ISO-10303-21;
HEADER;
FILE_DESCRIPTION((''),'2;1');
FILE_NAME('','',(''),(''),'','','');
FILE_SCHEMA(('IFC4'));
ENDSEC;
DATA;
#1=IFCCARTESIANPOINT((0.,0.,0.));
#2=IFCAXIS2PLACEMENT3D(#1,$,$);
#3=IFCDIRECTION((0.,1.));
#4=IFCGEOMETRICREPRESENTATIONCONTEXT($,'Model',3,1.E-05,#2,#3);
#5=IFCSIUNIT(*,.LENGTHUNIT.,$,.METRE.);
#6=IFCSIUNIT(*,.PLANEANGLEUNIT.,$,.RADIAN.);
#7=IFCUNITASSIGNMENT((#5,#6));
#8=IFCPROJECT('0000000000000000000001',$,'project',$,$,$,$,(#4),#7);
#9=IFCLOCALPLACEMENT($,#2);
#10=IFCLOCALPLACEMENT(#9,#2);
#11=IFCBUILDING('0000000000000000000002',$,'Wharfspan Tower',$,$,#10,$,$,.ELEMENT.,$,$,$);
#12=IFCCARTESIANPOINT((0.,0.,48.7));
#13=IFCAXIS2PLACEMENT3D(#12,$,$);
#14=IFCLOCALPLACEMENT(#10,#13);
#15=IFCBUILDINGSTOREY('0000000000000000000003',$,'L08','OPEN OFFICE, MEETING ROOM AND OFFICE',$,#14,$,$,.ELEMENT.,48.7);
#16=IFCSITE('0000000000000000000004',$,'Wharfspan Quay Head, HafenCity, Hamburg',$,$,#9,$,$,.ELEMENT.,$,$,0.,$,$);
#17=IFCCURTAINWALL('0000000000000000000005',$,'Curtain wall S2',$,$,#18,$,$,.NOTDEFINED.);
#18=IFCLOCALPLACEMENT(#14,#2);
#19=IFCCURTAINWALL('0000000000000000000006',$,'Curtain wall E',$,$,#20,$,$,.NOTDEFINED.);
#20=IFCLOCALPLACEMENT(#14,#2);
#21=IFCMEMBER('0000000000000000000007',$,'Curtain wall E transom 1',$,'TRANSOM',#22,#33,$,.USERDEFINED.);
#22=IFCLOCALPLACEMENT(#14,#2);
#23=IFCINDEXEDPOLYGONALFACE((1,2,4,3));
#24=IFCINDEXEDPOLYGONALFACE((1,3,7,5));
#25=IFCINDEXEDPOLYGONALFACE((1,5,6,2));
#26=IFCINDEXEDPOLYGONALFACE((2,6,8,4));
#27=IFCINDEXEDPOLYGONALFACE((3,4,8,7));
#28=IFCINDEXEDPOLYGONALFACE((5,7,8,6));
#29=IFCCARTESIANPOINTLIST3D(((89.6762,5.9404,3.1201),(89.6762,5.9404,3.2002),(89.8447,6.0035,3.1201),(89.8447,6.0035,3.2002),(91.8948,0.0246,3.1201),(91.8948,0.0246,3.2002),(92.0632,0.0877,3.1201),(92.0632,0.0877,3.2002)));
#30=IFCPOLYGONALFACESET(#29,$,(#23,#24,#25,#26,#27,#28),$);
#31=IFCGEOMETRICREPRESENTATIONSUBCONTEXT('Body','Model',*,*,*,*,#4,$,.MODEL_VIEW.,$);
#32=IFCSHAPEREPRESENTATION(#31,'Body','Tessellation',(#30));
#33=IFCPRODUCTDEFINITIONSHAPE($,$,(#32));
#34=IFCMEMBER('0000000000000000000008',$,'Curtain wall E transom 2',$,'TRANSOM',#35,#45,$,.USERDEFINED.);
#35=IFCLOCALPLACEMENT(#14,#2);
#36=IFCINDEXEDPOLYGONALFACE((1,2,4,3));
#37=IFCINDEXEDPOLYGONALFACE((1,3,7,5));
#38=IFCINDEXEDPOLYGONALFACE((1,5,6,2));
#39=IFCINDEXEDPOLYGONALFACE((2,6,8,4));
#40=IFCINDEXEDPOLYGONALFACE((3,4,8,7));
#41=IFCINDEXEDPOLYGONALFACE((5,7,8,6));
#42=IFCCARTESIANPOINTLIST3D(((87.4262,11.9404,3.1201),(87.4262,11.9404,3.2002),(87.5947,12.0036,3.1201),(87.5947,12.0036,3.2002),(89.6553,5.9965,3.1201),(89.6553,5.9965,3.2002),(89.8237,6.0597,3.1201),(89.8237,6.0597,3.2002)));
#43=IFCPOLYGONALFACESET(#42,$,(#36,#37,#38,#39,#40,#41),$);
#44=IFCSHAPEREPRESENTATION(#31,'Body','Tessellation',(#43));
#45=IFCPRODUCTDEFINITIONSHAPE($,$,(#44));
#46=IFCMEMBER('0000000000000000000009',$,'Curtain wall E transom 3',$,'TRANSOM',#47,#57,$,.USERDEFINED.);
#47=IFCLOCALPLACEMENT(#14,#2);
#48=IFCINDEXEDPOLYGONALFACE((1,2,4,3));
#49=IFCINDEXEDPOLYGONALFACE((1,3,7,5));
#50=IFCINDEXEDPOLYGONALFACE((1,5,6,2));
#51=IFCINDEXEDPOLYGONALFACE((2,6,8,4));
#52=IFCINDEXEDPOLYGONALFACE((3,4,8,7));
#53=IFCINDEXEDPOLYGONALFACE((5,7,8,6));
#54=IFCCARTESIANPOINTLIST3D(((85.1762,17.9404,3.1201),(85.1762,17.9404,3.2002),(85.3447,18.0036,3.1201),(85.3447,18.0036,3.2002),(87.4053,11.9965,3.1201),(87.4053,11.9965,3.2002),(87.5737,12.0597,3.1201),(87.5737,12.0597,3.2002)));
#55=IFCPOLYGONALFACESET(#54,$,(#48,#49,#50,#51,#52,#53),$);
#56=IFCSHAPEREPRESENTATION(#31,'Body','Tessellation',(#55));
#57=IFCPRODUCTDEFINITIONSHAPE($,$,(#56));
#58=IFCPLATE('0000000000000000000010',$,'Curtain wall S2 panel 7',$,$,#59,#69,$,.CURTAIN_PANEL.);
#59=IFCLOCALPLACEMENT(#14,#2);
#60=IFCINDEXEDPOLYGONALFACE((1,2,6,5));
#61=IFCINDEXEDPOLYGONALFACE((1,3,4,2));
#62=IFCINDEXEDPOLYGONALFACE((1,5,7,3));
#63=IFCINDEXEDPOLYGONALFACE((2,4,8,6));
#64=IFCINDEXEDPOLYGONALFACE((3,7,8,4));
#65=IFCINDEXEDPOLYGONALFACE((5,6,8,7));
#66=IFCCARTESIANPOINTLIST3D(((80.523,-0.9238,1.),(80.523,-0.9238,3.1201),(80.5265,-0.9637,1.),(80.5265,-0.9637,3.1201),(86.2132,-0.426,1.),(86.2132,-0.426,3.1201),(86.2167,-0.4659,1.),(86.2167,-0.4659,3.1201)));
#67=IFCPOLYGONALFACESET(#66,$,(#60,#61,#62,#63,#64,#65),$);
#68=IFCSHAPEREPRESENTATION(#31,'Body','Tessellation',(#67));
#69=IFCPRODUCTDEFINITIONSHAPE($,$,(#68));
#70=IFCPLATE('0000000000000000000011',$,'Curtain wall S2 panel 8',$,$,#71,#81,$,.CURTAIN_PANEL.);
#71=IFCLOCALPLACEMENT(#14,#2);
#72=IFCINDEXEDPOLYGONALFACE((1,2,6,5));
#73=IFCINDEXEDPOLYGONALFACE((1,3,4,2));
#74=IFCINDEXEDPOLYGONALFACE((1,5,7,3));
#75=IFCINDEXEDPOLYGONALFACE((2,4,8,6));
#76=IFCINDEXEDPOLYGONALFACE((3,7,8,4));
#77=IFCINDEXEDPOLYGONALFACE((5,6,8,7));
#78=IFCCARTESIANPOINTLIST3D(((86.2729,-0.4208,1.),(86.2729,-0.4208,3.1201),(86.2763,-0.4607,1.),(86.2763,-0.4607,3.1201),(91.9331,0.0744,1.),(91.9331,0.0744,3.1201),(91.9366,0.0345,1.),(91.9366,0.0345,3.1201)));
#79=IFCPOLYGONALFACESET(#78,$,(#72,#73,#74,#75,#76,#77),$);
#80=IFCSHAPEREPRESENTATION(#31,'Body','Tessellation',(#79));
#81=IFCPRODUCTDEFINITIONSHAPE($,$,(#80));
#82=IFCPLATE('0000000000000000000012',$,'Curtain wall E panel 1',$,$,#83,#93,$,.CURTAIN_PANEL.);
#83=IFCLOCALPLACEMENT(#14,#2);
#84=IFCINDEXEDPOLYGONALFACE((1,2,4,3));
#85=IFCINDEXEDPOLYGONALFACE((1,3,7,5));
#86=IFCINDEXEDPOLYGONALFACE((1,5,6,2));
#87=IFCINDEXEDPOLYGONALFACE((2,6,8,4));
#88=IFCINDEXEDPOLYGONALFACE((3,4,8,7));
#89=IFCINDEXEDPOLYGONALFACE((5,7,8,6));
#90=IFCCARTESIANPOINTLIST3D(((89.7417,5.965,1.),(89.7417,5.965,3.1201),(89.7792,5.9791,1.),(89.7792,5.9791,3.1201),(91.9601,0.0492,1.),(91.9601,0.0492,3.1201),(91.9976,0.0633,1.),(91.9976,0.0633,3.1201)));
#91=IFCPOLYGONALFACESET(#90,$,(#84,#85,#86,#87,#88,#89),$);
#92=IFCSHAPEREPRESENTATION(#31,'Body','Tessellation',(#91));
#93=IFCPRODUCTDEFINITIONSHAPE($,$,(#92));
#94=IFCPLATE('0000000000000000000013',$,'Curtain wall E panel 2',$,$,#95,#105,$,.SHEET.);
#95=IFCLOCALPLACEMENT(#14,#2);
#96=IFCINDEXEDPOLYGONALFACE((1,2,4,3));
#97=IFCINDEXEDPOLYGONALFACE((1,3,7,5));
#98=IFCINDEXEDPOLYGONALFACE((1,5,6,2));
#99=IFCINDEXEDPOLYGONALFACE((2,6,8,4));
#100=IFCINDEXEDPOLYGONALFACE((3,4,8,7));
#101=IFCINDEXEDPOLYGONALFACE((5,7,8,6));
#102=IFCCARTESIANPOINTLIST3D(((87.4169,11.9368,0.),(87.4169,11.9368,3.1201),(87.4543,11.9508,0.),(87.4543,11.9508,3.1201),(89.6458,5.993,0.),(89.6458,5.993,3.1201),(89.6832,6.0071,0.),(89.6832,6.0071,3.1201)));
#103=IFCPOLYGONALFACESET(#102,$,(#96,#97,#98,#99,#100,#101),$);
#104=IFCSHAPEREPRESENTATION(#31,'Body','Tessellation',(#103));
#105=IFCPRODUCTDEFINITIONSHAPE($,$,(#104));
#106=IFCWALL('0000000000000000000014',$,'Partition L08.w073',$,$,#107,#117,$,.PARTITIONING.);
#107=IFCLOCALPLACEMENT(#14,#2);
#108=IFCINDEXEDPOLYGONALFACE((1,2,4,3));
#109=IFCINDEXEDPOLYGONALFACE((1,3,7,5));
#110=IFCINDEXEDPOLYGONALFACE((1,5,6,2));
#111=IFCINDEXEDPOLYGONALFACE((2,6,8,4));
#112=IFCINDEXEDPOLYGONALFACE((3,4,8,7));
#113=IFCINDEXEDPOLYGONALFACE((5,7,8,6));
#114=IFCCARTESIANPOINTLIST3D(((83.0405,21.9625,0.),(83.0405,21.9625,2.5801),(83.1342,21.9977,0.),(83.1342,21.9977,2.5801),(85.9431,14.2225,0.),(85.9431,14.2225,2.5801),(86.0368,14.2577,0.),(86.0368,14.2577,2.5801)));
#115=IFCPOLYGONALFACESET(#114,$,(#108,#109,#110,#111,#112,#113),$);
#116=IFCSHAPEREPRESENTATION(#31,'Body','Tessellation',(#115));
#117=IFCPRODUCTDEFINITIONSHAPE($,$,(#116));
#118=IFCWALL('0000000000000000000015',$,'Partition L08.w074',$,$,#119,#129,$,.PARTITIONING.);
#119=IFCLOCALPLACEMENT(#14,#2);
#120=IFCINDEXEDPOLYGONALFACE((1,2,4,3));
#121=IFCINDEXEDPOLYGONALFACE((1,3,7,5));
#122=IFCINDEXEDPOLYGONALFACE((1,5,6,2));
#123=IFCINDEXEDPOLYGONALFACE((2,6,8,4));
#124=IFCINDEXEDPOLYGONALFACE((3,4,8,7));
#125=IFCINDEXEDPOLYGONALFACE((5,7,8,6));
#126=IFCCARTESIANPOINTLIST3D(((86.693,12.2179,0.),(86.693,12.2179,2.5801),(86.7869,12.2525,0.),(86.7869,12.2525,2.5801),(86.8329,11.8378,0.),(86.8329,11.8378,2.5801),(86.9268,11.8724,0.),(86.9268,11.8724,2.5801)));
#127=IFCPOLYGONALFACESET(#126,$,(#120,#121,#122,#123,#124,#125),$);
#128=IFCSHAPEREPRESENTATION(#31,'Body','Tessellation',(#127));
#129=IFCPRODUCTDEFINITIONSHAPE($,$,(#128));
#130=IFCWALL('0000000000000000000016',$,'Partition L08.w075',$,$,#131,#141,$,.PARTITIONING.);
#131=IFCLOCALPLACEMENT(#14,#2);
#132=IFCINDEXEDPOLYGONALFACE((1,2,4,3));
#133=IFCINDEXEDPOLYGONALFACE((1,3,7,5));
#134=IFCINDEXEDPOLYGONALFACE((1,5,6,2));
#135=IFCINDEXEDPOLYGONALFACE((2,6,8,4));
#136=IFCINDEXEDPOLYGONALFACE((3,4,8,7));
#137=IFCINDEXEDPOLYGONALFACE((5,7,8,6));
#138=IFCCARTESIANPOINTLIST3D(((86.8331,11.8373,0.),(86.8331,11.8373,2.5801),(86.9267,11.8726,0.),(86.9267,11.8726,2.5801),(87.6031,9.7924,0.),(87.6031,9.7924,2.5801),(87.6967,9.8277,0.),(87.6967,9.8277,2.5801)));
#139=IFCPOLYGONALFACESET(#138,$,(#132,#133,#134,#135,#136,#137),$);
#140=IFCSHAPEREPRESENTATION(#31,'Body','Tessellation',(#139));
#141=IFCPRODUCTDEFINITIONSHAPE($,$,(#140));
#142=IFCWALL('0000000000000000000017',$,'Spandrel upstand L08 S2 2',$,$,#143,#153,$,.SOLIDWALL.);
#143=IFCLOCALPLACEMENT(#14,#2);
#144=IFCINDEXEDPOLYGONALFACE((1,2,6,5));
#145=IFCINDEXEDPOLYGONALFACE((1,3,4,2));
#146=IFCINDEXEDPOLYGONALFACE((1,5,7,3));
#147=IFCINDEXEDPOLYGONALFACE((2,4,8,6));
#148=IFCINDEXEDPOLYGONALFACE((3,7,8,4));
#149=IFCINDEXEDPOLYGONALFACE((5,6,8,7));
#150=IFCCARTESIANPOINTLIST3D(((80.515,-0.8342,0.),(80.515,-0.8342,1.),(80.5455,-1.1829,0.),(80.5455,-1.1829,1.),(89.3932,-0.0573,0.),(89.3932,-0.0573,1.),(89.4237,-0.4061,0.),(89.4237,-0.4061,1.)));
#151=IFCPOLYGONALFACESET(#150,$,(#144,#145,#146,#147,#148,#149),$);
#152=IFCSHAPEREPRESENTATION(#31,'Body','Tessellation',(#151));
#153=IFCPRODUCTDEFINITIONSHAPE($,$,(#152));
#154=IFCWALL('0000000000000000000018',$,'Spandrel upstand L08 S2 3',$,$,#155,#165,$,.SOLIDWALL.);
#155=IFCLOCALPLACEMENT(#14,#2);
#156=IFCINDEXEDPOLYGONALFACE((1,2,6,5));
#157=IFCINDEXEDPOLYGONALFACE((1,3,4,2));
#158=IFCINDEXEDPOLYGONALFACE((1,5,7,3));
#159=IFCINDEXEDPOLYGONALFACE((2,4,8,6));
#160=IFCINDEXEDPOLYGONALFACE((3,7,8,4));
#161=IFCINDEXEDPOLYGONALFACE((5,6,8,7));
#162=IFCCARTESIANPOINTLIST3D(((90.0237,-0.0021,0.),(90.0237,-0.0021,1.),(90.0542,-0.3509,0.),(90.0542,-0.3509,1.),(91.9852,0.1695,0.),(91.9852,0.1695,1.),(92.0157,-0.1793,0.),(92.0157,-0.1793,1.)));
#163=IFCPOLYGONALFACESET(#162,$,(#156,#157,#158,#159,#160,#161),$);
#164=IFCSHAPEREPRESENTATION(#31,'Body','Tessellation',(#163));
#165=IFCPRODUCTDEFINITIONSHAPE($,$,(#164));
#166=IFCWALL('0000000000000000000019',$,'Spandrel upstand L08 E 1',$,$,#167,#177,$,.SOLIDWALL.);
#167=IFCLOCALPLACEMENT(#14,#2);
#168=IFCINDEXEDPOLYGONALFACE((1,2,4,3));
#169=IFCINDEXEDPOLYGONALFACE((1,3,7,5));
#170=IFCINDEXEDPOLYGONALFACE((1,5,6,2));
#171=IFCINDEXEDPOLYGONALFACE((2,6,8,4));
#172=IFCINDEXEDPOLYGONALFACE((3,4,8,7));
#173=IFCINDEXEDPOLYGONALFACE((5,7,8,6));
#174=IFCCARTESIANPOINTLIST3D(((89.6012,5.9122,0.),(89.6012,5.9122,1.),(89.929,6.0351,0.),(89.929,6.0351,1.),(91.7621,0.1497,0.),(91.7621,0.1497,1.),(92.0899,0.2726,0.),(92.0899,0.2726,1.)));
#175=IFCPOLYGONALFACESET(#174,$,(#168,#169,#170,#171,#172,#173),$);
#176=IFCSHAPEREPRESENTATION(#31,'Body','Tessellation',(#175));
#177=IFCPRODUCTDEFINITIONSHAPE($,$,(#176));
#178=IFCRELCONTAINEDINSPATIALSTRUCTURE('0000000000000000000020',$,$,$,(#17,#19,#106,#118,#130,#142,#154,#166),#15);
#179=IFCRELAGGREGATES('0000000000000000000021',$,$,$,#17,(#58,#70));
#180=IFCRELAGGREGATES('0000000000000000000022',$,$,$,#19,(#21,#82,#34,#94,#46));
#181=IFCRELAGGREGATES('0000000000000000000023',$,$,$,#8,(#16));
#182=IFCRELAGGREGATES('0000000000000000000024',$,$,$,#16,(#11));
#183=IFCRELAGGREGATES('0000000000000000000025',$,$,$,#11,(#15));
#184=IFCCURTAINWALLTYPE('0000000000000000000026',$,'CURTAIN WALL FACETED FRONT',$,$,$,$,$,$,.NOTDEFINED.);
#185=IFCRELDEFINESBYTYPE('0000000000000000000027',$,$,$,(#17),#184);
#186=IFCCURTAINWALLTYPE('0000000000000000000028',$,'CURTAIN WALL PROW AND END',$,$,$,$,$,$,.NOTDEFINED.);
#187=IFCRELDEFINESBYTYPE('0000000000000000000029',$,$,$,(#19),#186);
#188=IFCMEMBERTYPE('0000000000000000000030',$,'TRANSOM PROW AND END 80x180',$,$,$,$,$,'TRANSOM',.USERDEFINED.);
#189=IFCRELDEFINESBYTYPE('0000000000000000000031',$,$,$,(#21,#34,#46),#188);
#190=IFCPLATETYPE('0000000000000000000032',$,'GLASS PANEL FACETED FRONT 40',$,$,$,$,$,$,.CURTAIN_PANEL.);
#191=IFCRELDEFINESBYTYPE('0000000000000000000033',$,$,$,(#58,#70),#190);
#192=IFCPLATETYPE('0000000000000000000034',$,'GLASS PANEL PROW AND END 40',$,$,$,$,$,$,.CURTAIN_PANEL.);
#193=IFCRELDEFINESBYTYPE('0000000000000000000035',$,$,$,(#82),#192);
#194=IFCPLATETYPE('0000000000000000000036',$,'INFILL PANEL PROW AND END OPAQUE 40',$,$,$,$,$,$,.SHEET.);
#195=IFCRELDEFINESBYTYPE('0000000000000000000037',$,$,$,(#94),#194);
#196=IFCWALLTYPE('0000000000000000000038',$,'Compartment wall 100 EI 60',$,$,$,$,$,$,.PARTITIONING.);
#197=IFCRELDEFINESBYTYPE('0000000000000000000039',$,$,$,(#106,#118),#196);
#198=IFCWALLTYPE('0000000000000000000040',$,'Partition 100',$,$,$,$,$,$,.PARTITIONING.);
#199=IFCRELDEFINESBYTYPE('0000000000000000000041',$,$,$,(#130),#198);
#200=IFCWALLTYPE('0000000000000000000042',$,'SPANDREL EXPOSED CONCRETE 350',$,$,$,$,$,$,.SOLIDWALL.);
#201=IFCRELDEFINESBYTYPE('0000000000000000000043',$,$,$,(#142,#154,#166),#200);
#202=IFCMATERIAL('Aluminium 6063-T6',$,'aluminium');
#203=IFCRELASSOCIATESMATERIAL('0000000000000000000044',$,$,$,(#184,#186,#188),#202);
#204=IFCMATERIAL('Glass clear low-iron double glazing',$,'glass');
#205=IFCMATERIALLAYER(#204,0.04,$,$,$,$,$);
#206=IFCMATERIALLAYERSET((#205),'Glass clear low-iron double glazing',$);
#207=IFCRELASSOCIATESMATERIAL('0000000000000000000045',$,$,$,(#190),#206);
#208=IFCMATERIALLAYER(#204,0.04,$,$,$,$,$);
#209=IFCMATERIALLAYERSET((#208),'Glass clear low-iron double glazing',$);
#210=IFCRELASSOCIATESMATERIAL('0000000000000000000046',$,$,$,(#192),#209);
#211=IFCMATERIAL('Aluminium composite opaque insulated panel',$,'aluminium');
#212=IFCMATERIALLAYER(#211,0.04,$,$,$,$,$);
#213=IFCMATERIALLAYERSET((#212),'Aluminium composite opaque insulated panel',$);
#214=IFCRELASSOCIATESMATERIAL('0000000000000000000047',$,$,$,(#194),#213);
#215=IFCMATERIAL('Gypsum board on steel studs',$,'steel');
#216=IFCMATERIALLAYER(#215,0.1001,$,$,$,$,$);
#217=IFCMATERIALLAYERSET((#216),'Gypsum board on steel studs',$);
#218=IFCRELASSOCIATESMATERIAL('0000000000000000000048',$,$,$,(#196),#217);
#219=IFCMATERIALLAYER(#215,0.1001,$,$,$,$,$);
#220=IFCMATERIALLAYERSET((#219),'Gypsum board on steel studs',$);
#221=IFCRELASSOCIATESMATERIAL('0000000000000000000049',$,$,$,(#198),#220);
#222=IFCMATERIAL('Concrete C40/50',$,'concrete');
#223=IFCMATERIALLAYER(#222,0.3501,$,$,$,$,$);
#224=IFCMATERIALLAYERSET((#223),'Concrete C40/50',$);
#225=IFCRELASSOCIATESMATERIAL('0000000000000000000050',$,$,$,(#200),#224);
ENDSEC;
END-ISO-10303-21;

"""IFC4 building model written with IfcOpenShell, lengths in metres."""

from ifc_helpers import new_model, si_unit, direction, frame, frame_2d, origin, origin_2d, place, context, subcontext, project, spatial, rectangle, extrude, material, layer, layer_set, material_profile, profile_set, type_object, element, aggregate, save


model = new_model("IFC4")

# Units and contexts
model_context = context("Model", 3, precision=1e-05, world=origin(), true_north=direction((0.0, 1.0)))
body_context = subcontext(model_context, "Body", "Model", "MODEL_VIEW")
ifc_project = project(units=[si_unit("LENGTHUNIT", "METRE"), si_unit("PLANEANGLEUNIT", "RADIAN")], contexts=[model_context])

# Site, building, storey
site_placement = place(None, origin())
site = spatial("IfcSite", under=ifc_project, at=site_placement, Name="Wharfspan Quay Head, HafenCity, Hamburg", CompositionType="ELEMENT", RefElevation=0.0)
building_placement = place(site_placement, origin())
building = spatial("IfcBuilding", under=site, at=building_placement, Name="Wharfspan Tower", CompositionType="ELEMENT")
storey_placement = place(building_placement, frame((0.0, 0.0, 48.7)))
storey = spatial("IfcBuildingStorey", under=building, at=storey_placement, Name="L08", Description="OPEN OFFICE, MEETING ROOM AND OFFICE", CompositionType="ELEMENT", Elevation=48.7)

# Curtain walls
ifc_material_1 = material(Name="Aluminium 6063-T6", Category="aluminium")
curtain_wall_type_1 = type_object("IfcCurtainWallType", Name="CURTAIN WALL FACETED FRONT", PredefinedType="NOTDEFINED", material=ifc_material_1)
curtain_wall_1_placement = place(storey_placement, origin())
curtain_wall_1 = element("IfcCurtainWall", 1, at=curtain_wall_1_placement, inside=storey, type_object=curtain_wall_type_1, Name="Curtain wall S2", PredefinedType="NOTDEFINED")
curtain_wall_type_2 = type_object("IfcCurtainWallType", Name="CURTAIN WALL PROW AND END", PredefinedType="NOTDEFINED", material=ifc_material_1)
curtain_wall_2_placement = place(storey_placement, origin())
curtain_wall_2 = element("IfcCurtainWall", 2, at=curtain_wall_2_placement, inside=storey, type_object=curtain_wall_type_2, Name="Curtain wall E", PredefinedType="NOTDEFINED")

# Members
ifc_material_profile_1 = material_profile(ifc_material_1, rectangle(XDim=0.1799, YDim=0.0801, at=origin_2d()))
ifc_profile_set_1 = profile_set([ifc_material_profile_1], Name="Aluminium 6063-T6")
member_type_1 = type_object("IfcMemberType", Name="TRANSOM PROW AND END 80x180", ElementType="TRANSOM", PredefinedType="USERDEFINED", material=ifc_profile_set_1)
member_1_placement = place(storey_placement, frame((91.979, 0.0562, 3.1602), z_axis=(-0.351136, 0.936324, 0.0), x_axis=(-0.936324, -0.351136, 0.0)))
member_1 = element("IfcMember", 3, at=member_1_placement, type_object=member_type_1, Name="Curtain wall E transom 1", ObjectType="TRANSOM", PredefinedType="USERDEFINED", context=body_context, shape_type="SweptSolid", body=[
    extrude(rectangle(XDim=0.1799, YDim=0.0801, at=origin_2d()), origin(), (0.0, 0.0, 1.0), 6.3181),
])
member_2_placement = place(storey_placement, frame((89.7395, 6.0281, 3.1602), z_axis=(-0.351132, 0.936326, 0.0), x_axis=(-0.936326, -0.351132, 0.0)))
member_2 = element("IfcMember", 4, at=member_2_placement, type_object=member_type_1, Name="Curtain wall E transom 2", ObjectType="TRANSOM", PredefinedType="USERDEFINED", context=body_context, shape_type="SweptSolid", body=[
    extrude(rectangle(XDim=0.1799, YDim=0.0801, at=origin_2d()), origin(), (0.0, 0.0, 1.0), 6.3481),
])
member_3_placement = place(storey_placement, frame((87.4895, 12.0281, 3.1602), z_axis=(-0.351132, 0.936326, 0.0), x_axis=(-0.936326, -0.351132, 0.0)))
member_3 = element("IfcMember", 5, at=member_3_placement, type_object=member_type_1, Name="Curtain wall E transom 3", ObjectType="TRANSOM", PredefinedType="USERDEFINED", context=body_context, shape_type="SweptSolid", body=[
    extrude(rectangle(XDim=0.1799, YDim=0.0801, at=origin_2d()), origin(), (0.0, 0.0, 1.0), 6.3481),
])

# Plates
ifc_material_2 = material(Name="Glass clear low-iron double glazing", Category="glass")
ifc_layer_1 = layer(ifc_material_2, 0.04)
ifc_layer_set_1 = layer_set([ifc_layer_1], Name="Glass clear low-iron double glazing")
plate_type_1 = type_object("IfcPlateType", Name="GLASS PANEL FACETED FRONT 40", PredefinedType="CURTAIN_PANEL", material=ifc_layer_set_1)
plate_1_placement = place(storey_placement, frame((83.3699, -0.6948, 1.0), z_axis=(0.0, 0.0, 1.0), x_axis=(0.996197, 0.087156, 0.0)))
plate_1 = element("IfcPlate", 6, at=plate_1_placement, type_object=plate_type_1, Name="Curtain wall S2 panel 7", PredefinedType="CURTAIN_PANEL", context=body_context, shape_type="SweptSolid", body=[
    extrude(rectangle(XDim=5.7119, YDim=0.04, at=origin_2d()), origin(), (0.0, 0.0, 1.0), 2.1201),
])
plate_2_placement = place(storey_placement, frame((89.1047, -0.1931, 1.0), z_axis=(0.0, 0.0, 1.0), x_axis=(0.996197, 0.087156, 0.0)))
plate_2 = element("IfcPlate", 7, at=plate_2_placement, type_object=plate_type_1, Name="Curtain wall S2 panel 8", PredefinedType="CURTAIN_PANEL", context=body_context, shape_type="SweptSolid", body=[
    extrude(rectangle(XDim=5.6819, YDim=0.04, at=origin_2d()), origin(), (0.0, 0.0, 1.0), 2.1201),
])
aggregate(curtain_wall_1, [plate_1, plate_2])
ifc_layer_2 = layer(ifc_material_2, 0.04)
ifc_layer_set_2 = layer_set([ifc_layer_2], Name="Glass clear low-iron double glazing")
plate_type_2 = type_object("IfcPlateType", Name="GLASS PANEL PROW AND END 40", PredefinedType="CURTAIN_PANEL", material=ifc_layer_set_2)
plate_3_placement = place(storey_placement, frame((90.8696, 3.0142, 1.0), z_axis=(0.0, 0.0, 1.0), x_axis=(-0.351123, 0.936328, 0.0)))
plate_3 = element("IfcPlate", 8, at=plate_3_placement, type_object=plate_type_2, Name="Curtain wall E panel 1", PredefinedType="CURTAIN_PANEL", context=body_context, shape_type="SweptSolid", body=[
    extrude(rectangle(XDim=6.3181, YDim=0.04, at=origin_2d()), origin(), (0.0, 0.0, 1.0), 2.1201),
])
ifc_material_3 = material(Name="Aluminium composite opaque insulated panel", Category="aluminium")
ifc_layer_3 = layer(ifc_material_3, 0.04)
ifc_layer_set_3 = layer_set([ifc_layer_3], Name="Aluminium composite opaque insulated panel")
plate_type_3 = type_object("IfcPlateType", Name="INFILL PANEL PROW AND END OPAQUE 40", PredefinedType="SHEET", material=ifc_layer_set_3)
plate_4_placement = place(storey_placement, frame((88.55, 8.9719, 0.0), z_axis=(0.0, 0.0, 1.0), x_axis=(-0.351123, 0.936328, 0.0)))
plate_4 = element("IfcPlate", 9, at=plate_4_placement, type_object=plate_type_3, Name="Curtain wall E panel 2", PredefinedType="SHEET", context=body_context, shape_type="SweptSolid", body=[
    extrude(rectangle(XDim=6.3479, YDim=0.04, at=origin_2d()), origin(), (0.0, 0.0, 1.0), 3.1201),
])
aggregate(curtain_wall_2, [member_1, plate_3, member_2, plate_4, member_3])

# Walls
ifc_material_4 = material(Name="Gypsum board on steel studs", Category="steel")
ifc_layer_4 = layer(ifc_material_4, 0.1001)
ifc_layer_set_4 = layer_set([ifc_layer_4], Name="Gypsum board on steel studs")
wall_type_1 = type_object("IfcWallType", Name="Compartment wall 100 EI 60", PredefinedType="PARTITIONING", material=ifc_layer_set_4)
wall_1_placement = place(storey_placement, frame((85.99, 14.24, 0.0), z_axis=(0.0, 0.0, 1.0), x_axis=(-0.351133, 0.936325, 0.0)))
element("IfcWall", 10, at=wall_1_placement, inside=storey, type_object=wall_type_1, Name="Partition L08.w073", PredefinedType="PARTITIONING", context=body_context, shape_type="SweptSolid", body=[
    extrude(rectangle(XDim=8.2664, YDim=0.1001, at=frame_2d((4.1333, 0.0))), origin(), (0.0, 0.0, 1.0), 2.5801),
])
wall_2_placement = place(storey_placement, frame((86.8799, 11.855, 0.0), z_axis=(0.0, 0.0, 1.0), x_axis=(-0.34537, 0.938466, 0.0)))
element("IfcWall", 11, at=wall_2_placement, inside=storey, type_object=wall_type_1, Name="Partition L08.w074", PredefinedType="PARTITIONING", context=body_context, shape_type="SweptSolid", body=[
    extrude(rectangle(XDim=0.405, YDim=0.1001, at=frame_2d((0.2026, 0.0))), origin(), (0.0, 0.0, 1.0), 2.5801),
])
ifc_layer_5 = layer(ifc_material_4, 0.1001)
ifc_layer_set_5 = layer_set([ifc_layer_5], Name="Gypsum board on steel studs")
wall_type_2 = type_object("IfcWallType", Name="Partition 100", PredefinedType="PARTITIONING", material=ifc_layer_set_5)
wall_3_placement = place(storey_placement, frame((87.6499, 9.8101, 0.0), z_axis=(0.0, 0.0, 1.0), x_axis=(-0.352397, 0.935852, 0.0)))
element("IfcWall", 12, at=wall_3_placement, inside=storey, type_object=wall_type_2, Name="Partition L08.w075", PredefinedType="PARTITIONING", context=body_context, shape_type="SweptSolid", body=[
    extrude(rectangle(XDim=2.1851, YDim=0.1001, at=frame_2d((1.0925, 0.0))), origin(), (0.0, 0.0, 1.0), 2.5801),
])
ifc_material_5 = material(Name="Concrete C40/50", Category="concrete")
ifc_layer_6 = layer(ifc_material_5, 0.3501)
ifc_layer_set_6 = layer_set([ifc_layer_6], Name="Concrete C40/50")
wall_type_3 = type_object("IfcWallType", Name="SPANDREL EXPOSED CONCRETE 350", PredefinedType="SOLIDWALL", material=ifc_layer_set_6)
wall_4_placement = place(storey_placement, frame((80.5303, -1.0085, 0.0), z_axis=(0.0, 0.0, 1.0), x_axis=(0.996198, 0.087169, 0.0)))
element("IfcWall", 13, at=wall_4_placement, inside=storey, type_object=wall_type_3, Name="Spandrel upstand L08 S2 2", PredefinedType="SOLIDWALL", context=body_context, shape_type="SweptSolid", body=[
    extrude(rectangle(XDim=8.9121, YDim=0.3501, at=frame_2d((4.4561, 0.0))), origin(), (0.0, 0.0, 1.0), 1.0),
])
wall_5_placement = place(storey_placement, frame((90.0391, -0.1765, 0.0), z_axis=(0.0, 0.0, 1.0), x_axis=(0.996193, 0.08717, 0.0)))
element("IfcWall", 14, at=wall_5_placement, inside=storey, type_object=wall_type_3, Name="Spandrel upstand L08 S2 3", PredefinedType="SOLIDWALL", context=body_context, shape_type="SweptSolid", body=[
    extrude(rectangle(XDim=1.969, YDim=0.3501, at=frame_2d((0.9844, 0.0))), origin(), (0.0, 0.0, 1.0), 1.0),
])
wall_6_placement = place(storey_placement, frame((91.926, 0.2112, 0.0), z_axis=(0.0, 0.0, 1.0), x_axis=(-0.351118, 0.936328, 0.0)))
element("IfcWall", 15, at=wall_6_placement, inside=storey, type_object=wall_type_3, Name="Spandrel upstand L08 E 1", PredefinedType="SOLIDWALL", context=body_context, shape_type="SweptSolid", body=[
    extrude(rectangle(XDim=6.1543, YDim=0.3501, at=frame_2d((3.0771, 0.0))), origin(), (0.0, 0.0, 1.0), 1.0),
])

save(model, "model.ifc")
